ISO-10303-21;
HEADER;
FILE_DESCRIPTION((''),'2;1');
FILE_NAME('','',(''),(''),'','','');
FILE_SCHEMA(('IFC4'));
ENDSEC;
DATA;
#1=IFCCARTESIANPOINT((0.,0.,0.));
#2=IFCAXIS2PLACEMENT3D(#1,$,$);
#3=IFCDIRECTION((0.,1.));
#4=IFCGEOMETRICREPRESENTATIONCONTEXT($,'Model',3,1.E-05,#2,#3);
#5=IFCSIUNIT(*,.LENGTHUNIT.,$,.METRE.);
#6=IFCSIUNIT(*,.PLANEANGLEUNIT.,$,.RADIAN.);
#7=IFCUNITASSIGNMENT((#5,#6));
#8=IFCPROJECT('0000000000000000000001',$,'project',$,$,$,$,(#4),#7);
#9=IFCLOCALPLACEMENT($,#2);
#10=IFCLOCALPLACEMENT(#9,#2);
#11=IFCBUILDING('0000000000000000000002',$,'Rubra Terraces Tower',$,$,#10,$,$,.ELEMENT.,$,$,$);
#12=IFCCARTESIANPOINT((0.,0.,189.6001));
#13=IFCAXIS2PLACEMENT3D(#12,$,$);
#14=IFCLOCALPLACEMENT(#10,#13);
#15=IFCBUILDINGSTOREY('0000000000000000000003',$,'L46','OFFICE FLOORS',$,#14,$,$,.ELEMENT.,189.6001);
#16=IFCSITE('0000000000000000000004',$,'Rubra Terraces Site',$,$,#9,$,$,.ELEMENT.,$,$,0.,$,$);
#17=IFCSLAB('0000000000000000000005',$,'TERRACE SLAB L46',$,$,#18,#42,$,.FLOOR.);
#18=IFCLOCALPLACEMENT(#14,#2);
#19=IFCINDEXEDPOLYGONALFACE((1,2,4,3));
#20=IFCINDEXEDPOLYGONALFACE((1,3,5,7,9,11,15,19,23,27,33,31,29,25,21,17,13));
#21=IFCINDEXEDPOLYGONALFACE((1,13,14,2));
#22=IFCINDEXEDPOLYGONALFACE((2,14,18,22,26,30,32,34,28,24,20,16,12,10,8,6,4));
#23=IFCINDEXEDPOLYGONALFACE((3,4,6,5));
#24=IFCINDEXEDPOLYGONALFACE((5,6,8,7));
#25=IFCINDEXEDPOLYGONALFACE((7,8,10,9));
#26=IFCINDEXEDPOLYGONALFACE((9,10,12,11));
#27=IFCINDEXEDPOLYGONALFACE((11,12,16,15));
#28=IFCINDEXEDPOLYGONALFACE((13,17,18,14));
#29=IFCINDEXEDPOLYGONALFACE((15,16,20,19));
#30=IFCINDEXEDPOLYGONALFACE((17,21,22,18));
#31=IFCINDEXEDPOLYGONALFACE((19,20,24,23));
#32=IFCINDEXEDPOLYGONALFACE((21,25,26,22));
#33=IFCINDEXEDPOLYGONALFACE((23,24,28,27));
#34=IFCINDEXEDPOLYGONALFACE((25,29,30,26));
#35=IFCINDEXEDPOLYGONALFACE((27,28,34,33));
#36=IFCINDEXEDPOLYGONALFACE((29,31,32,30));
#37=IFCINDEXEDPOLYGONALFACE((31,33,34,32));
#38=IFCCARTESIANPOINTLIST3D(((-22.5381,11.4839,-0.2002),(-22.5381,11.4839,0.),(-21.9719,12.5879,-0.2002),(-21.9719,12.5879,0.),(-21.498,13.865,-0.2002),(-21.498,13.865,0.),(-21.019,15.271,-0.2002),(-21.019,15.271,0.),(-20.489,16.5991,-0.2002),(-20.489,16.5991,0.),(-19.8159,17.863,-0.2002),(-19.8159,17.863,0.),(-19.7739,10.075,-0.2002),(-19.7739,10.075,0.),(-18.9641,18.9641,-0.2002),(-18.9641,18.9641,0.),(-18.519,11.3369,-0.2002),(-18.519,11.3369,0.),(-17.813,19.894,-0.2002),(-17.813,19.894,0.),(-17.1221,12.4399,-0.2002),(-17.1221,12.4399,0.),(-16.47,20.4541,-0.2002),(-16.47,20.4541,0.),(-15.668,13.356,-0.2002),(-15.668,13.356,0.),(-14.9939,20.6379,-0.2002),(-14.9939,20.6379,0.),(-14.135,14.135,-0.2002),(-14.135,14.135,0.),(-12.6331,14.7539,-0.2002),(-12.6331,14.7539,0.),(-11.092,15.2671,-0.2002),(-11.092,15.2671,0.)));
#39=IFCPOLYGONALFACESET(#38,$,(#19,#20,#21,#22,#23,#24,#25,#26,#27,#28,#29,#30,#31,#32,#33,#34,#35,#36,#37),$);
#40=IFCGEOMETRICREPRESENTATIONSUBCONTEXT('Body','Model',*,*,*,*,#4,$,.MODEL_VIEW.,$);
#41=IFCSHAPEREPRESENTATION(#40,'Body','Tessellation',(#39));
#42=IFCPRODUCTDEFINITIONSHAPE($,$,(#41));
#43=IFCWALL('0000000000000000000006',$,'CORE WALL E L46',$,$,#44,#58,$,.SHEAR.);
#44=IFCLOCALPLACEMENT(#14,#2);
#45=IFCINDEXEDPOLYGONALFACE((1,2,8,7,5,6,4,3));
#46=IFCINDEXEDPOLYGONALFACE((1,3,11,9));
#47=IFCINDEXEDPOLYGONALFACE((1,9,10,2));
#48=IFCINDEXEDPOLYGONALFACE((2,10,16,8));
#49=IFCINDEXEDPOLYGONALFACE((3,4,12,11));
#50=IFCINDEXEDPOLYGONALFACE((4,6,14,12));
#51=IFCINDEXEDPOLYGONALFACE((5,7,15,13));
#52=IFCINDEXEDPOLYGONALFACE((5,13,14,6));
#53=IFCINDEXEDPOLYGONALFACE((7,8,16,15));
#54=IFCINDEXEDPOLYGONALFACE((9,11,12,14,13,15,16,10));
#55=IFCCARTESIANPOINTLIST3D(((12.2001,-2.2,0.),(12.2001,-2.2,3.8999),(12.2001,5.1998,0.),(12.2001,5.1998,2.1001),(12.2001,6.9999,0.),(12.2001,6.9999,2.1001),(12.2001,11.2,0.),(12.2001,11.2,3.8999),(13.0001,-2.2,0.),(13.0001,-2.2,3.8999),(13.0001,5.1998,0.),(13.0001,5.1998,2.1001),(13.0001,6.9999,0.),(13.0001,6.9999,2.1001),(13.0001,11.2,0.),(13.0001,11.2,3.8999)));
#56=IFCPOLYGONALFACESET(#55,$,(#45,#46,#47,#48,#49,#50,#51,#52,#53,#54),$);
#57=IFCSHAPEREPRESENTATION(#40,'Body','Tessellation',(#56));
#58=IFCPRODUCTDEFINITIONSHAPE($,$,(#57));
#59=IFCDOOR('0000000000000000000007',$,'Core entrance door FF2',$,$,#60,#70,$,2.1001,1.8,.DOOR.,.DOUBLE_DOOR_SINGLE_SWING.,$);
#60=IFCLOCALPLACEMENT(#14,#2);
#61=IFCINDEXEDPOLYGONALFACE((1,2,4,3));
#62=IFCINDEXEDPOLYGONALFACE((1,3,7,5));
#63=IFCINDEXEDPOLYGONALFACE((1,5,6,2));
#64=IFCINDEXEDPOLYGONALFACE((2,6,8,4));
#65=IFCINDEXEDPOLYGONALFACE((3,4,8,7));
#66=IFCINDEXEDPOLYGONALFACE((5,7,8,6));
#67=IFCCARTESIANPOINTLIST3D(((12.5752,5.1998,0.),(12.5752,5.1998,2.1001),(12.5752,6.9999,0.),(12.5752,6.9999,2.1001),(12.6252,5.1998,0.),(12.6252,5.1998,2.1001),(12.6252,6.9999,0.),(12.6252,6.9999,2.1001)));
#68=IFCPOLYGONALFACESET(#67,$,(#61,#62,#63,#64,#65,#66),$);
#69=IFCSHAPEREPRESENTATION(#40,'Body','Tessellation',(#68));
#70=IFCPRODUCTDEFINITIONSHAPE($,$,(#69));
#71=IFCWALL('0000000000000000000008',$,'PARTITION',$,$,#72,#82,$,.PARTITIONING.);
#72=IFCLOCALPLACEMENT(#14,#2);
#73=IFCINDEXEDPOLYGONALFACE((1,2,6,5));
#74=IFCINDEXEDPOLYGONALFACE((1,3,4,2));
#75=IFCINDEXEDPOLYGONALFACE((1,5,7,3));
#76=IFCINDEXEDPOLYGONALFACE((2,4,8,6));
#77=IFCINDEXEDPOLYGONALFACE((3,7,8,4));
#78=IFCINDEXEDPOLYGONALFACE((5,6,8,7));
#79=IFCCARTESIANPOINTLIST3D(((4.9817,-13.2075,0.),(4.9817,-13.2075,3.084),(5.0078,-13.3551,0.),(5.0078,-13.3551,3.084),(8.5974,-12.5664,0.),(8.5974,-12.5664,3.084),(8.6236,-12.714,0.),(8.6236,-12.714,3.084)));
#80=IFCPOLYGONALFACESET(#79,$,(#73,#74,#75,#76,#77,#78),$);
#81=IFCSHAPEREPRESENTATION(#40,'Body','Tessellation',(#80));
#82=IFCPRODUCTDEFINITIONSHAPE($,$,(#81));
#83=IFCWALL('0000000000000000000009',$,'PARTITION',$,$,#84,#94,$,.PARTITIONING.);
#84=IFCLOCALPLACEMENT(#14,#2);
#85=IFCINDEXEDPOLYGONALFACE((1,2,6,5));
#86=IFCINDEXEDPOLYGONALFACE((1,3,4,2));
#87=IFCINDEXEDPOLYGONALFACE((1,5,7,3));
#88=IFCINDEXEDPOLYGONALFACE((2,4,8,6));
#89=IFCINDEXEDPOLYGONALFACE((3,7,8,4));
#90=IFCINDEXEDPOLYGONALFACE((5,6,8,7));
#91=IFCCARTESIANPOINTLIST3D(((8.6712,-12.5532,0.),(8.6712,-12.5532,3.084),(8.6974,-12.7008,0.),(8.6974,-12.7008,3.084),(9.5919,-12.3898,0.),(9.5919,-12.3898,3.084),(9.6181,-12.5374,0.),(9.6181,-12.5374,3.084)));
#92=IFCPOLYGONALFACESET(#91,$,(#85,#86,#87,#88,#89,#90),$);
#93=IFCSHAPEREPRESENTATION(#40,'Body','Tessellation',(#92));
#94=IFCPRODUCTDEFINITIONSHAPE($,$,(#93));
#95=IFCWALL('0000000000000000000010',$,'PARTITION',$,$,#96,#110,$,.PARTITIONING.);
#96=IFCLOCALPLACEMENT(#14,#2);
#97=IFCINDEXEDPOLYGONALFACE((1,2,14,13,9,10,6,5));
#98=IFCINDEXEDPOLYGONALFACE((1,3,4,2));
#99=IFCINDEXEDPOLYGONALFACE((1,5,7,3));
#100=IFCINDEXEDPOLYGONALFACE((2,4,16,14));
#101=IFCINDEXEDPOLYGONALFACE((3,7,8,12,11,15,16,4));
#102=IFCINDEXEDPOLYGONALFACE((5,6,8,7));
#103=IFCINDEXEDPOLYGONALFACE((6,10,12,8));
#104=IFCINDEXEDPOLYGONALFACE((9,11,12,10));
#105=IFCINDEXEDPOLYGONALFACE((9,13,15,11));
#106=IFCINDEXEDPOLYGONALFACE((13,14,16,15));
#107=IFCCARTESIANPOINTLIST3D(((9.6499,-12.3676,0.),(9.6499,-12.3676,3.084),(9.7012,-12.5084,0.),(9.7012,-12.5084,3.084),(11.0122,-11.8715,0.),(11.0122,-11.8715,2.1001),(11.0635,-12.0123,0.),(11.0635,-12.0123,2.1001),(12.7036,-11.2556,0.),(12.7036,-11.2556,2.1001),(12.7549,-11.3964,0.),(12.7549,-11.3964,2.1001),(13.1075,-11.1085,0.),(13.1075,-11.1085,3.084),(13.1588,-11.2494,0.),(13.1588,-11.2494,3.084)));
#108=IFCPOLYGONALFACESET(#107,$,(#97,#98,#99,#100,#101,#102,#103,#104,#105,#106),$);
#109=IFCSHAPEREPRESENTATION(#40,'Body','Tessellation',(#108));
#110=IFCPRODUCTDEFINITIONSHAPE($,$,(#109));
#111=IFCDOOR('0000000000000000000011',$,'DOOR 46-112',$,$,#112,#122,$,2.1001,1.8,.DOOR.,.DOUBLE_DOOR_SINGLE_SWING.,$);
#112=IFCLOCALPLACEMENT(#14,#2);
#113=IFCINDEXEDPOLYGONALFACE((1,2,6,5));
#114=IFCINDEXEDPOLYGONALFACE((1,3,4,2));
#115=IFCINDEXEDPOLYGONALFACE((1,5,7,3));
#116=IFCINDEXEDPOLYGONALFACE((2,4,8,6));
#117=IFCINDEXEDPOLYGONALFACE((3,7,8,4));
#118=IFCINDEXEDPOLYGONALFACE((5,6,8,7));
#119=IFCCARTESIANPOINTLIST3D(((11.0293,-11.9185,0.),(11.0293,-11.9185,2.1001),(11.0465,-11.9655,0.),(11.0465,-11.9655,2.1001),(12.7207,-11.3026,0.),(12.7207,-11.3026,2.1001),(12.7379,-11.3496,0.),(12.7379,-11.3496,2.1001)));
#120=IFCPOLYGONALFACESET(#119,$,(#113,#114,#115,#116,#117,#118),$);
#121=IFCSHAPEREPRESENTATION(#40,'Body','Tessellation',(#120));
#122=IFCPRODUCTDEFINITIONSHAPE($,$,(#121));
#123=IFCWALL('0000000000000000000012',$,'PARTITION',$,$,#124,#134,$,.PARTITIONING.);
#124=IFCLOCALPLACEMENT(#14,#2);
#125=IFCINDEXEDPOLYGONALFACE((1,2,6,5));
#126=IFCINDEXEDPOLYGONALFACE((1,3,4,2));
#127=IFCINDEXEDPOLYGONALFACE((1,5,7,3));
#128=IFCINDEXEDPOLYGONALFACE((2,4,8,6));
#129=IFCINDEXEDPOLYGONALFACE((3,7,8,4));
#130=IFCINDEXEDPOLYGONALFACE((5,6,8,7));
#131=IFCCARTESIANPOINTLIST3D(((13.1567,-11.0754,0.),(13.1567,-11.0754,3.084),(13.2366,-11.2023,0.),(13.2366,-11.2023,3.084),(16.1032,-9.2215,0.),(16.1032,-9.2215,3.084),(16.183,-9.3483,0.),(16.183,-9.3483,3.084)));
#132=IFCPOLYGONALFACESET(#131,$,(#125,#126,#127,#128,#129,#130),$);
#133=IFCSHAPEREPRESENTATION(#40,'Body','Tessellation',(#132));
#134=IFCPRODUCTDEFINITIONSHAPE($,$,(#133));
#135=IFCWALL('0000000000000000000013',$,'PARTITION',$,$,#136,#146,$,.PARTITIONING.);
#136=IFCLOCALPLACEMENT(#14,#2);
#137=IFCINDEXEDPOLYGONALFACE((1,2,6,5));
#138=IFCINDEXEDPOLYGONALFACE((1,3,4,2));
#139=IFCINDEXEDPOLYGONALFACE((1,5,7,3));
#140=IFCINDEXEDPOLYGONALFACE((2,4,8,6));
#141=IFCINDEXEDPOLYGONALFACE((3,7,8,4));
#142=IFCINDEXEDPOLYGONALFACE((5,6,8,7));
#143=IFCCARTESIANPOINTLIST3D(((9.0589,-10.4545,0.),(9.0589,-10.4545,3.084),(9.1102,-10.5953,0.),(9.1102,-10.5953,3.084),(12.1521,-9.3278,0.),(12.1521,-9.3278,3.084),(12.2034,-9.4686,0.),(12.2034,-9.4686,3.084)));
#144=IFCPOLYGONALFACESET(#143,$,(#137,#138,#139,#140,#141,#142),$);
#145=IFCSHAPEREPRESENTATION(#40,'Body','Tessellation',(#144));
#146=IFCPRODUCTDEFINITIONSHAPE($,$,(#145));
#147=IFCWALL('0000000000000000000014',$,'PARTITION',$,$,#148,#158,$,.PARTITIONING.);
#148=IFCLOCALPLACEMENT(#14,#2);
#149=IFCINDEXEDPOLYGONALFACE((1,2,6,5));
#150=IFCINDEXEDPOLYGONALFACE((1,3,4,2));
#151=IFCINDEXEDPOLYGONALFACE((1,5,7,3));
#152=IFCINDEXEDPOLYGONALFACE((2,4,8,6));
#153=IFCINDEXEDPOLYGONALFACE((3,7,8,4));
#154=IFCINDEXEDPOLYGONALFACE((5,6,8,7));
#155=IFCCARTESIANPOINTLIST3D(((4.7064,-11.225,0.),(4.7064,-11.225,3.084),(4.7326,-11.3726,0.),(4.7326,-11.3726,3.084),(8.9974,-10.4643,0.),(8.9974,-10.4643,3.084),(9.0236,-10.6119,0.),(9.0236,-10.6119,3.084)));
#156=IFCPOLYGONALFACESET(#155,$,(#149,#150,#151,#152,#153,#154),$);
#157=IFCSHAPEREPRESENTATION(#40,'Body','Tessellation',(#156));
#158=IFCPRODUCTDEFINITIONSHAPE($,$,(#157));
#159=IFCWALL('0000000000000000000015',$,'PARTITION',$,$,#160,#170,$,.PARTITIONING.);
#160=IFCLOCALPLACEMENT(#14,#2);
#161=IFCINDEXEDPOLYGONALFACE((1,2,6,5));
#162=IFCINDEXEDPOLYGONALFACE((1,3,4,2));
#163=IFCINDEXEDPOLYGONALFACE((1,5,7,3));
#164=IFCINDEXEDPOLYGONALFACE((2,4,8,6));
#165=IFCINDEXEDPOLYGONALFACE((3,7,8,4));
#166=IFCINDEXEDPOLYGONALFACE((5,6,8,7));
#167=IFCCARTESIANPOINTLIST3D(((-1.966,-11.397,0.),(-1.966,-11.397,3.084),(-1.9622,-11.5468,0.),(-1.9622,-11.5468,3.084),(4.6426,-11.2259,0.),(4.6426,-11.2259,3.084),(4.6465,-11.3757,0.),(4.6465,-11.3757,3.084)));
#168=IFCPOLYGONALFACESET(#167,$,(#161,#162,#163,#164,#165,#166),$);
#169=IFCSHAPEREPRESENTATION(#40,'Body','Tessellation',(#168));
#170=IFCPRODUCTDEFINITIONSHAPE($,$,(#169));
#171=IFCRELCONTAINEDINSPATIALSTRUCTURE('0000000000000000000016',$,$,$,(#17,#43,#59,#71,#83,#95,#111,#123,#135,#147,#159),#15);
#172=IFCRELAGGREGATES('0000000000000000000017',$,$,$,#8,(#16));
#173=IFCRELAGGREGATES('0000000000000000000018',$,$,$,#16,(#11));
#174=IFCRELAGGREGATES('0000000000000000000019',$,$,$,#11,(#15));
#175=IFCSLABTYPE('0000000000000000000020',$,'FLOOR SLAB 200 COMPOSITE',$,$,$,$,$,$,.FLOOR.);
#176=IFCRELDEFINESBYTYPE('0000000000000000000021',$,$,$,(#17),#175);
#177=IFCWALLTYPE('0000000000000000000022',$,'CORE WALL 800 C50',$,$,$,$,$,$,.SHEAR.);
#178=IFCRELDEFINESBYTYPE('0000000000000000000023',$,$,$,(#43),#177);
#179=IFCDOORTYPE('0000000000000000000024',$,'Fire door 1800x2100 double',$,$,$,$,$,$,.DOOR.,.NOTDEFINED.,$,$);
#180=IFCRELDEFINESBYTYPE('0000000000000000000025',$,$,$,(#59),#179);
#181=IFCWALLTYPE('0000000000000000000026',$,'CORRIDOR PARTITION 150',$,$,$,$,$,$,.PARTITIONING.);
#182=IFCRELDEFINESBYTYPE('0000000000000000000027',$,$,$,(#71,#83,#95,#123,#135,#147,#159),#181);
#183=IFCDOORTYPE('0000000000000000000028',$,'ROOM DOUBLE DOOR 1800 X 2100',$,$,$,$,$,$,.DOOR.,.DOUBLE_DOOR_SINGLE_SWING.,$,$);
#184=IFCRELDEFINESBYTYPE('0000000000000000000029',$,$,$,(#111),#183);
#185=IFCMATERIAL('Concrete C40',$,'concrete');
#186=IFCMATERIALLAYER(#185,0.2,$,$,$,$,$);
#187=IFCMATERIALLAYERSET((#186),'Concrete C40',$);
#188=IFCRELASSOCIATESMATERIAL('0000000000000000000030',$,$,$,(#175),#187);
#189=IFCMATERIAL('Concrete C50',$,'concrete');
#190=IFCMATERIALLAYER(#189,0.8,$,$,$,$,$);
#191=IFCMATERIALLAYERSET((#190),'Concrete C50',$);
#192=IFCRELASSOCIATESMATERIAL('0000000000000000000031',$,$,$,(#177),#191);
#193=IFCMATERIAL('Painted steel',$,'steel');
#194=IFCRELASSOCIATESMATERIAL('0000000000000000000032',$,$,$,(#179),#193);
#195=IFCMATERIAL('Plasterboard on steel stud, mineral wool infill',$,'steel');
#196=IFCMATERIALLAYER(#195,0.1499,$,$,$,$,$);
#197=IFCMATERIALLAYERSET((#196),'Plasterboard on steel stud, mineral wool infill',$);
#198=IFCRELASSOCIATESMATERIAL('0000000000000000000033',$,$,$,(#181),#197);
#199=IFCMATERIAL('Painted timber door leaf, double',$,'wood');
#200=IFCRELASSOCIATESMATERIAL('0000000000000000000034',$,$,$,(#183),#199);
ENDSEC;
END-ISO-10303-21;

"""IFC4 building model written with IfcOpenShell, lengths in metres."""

from ifc_helpers import new_model, si_unit, direction, frame, frame_2d, origin, place, context, subcontext, project, spatial, polyline, rectangle, outline, extrude, material, layer, layer_set, type_object, element, fill, save


model = new_model("IFC4")

# Units and contexts
model_context = context("Model", 3, precision=1e-05, world=origin(), true_north=direction((0.0, 1.0)))
body_context = subcontext(model_context, "Body", "Model", "MODEL_VIEW")
ifc_project = project(units=[si_unit("LENGTHUNIT", "METRE"), si_unit("PLANEANGLEUNIT", "RADIAN")], contexts=[model_context])

# Site, building, storey
site_placement = place(None, origin())
site = spatial("IfcSite", under=ifc_project, at=site_placement, Name="Rubra Terraces Site", CompositionType="ELEMENT", RefElevation=0.0)
building_placement = place(site_placement, origin())
building = spatial("IfcBuilding", under=site, at=building_placement, Name="Rubra Terraces Tower", CompositionType="ELEMENT")
storey_placement = place(building_placement, frame((0.0, 0.0, 189.6001)))
storey = spatial("IfcBuildingStorey", under=building, at=storey_placement, Name="L46", Description="OFFICE FLOORS", CompositionType="ELEMENT", Elevation=189.6001)

# Shared definitions
ifc_material_1 = material(Name="Concrete C40", Category="concrete")

# Slab
ifc_layer_1 = layer(ifc_material_1, 0.2)
ifc_layer_set_1 = layer_set([ifc_layer_1], Name="Concrete C40")
slab_type_1 = type_object("IfcSlabType", Name="FLOOR SLAB 200 COMPOSITE", PredefinedType="FLOOR", material=ifc_layer_set_1)
slab_1_placement = place(storey_placement, frame((0.0, 0.0, -0.2002)))
element("IfcSlab", 1, at=slab_1_placement, inside=storey, type_object=slab_type_1, Name="TERRACE SLAB L46", PredefinedType="FLOOR", context=body_context, shape_type="SweptSolid", body=[
    extrude(outline(polyline([(-14.9939, 20.6379), (-16.47, 20.4541), (-17.813, 19.894), (-18.9641, 18.9641), (-19.8159, 17.863), (-20.489, 16.5991), (-21.019, 15.271), (-21.498, 13.865), (-21.9719, 12.5879), (-22.5381, 11.4839), (-19.7739, 10.075), (-18.519, 11.3369), (-17.1221, 12.4399), (-15.668, 13.356), (-14.135, 14.135), (-12.6331, 14.7539), (-11.092, 15.2671), (-14.9939, 20.6379)])), origin(), (0.0, 0.0, 1.0), 0.2002),
])

# Wall, opening, door
ifc_material_2 = material(Name="Concrete C50", Category="concrete")
ifc_layer_2 = layer(ifc_material_2, 0.8)
ifc_layer_set_2 = layer_set([ifc_layer_2], Name="Concrete C50")
wall_type_1 = type_object("IfcWallType", Name="CORE WALL 800 C50", PredefinedType="SHEAR", material=ifc_layer_set_2)
wall_1_placement = place(storey_placement, frame((12.6001, -2.2, 0.0), z_axis=(0.0, 0.0, 1.0), x_axis=(0.0, 1.0, 0.0)))
wall_1 = element("IfcWall", 2, at=wall_1_placement, inside=storey, type_object=wall_type_1, Name="CORE WALL E L46", PredefinedType="SHEAR", context=body_context, shape_type="SweptSolid", body=[
    extrude(rectangle(XDim=13.3999, YDim=0.8, at=frame_2d((6.7, 0.0))), origin(), (0.0, 0.0, 1.0), 3.8999),
])
opening_1_placement = place(wall_1_placement, frame((7.3999, 0.0, 0.0)))
opening_1 = element("IfcOpeningElement", 3, at=opening_1_placement, cuts=wall_1, PredefinedType="OPENING", context=body_context, shape_type="SweptSolid", body=[
    extrude(rectangle(XDim=1.8, YDim=2.1001, at=frame_2d((0.8999, 1.05))), frame((0.0, 0.4099, 0.0), z_axis=(0.0, -1.0, 0.0), x_axis=(1.0, 0.0, 0.0)), (0.0, 0.0, 1.0), 0.8201),
])
ifc_material_3 = material(Name="Painted steel", Category="steel")
door_type_1 = type_object("IfcDoorType", Name="Fire door 1800x2100 double", OperationType="NOTDEFINED", PredefinedType="DOOR", material=ifc_material_3)
door_1_placement = place(opening_1_placement, origin())
door_1 = element("IfcDoor", 4, at=door_1_placement, inside=storey, type_object=door_type_1, Name="Core entrance door FF2", OperationType="DOUBLE_DOOR_SINGLE_SWING", OverallHeight=2.1001, OverallWidth=1.8, PredefinedType="DOOR", context=body_context, shape_type="SweptSolid", body=[
    extrude(rectangle(XDim=1.8, YDim=2.1001, at=frame_2d((0.8999, 1.05))), frame((0.0, 0.0249, 0.0), z_axis=(0.0, -1.0, 0.0), x_axis=(1.0, 0.0, 0.0)), (0.0, 0.0, 1.0), 0.05),
])
fill(opening_1, door_1)

# Walls
ifc_material_4 = material(Name="Plasterboard on steel stud, mineral wool infill", Category="steel")
ifc_layer_3 = layer(ifc_material_4, 0.1499)
ifc_layer_set_3 = layer_set([ifc_layer_3], Name="Plasterboard on steel stud, mineral wool infill")
wall_type_2 = type_object("IfcWallType", Name="CORRIDOR PARTITION 150", PredefinedType="PARTITIONING", material=ifc_layer_set_3)
wall_2_placement = place(storey_placement, frame((4.9949, -13.2812, 0.0), z_axis=(0.0, 0.0, 1.0), x_axis=(0.984641, 0.174589, 0.0)))
element("IfcWall", 5, at=wall_2_placement, inside=storey, type_object=wall_type_2, Name="PARTITION", PredefinedType="PARTITIONING", context=body_context, shape_type="SweptSolid", body=[
    extrude(rectangle(XDim=3.6721, YDim=0.1499, at=frame_2d((1.8359, 0.0))), origin(), (0.0, 0.0, 1.0), 3.084),
])
wall_3_placement = place(storey_placement, frame((8.6843, -12.627, 0.0), z_axis=(0.0, 0.0, 1.0), x_axis=(0.984625, 0.174679, 0.0)))
element("IfcWall", 6, at=wall_3_placement, inside=storey, type_object=wall_type_2, Name="PARTITION", PredefinedType="PARTITIONING", context=body_context, shape_type="SweptSolid", body=[
    extrude(rectangle(XDim=0.9351, YDim=0.1499, at=frame_2d((0.4675, 0.0))), origin(), (0.0, 0.0, 1.0), 3.084),
])

# Wall, opening, door
wall_4_placement = place(storey_placement, frame((9.6755, -12.438, 0.0), z_axis=(0.0, 0.0, 1.0), x_axis=(0.93964, 0.342164, 0.0)))
wall_4 = element("IfcWall", 7, at=wall_4_placement, inside=storey, type_object=wall_type_2, Name="PARTITION", PredefinedType="PARTITIONING", context=body_context, shape_type="SweptSolid", body=[
    extrude(rectangle(XDim=3.6797, YDim=0.1499, at=frame_2d((1.8398, 0.0))), origin(), (0.0, 0.0, 1.0), 3.084),
])
opening_2_placement = place(wall_4_placement, frame((1.45, 0.0, 0.0)))
opening_2 = element("IfcOpeningElement", 8, at=opening_2_placement, cuts=wall_4, PredefinedType="OPENING", context=body_context, shape_type="SweptSolid", body=[
    extrude(rectangle(XDim=1.8, YDim=2.1001, at=frame_2d((0.8999, 1.05))), frame((0.0, 0.085, 0.0), z_axis=(0.0, -1.0, 0.0), x_axis=(1.0, 0.0, 0.0)), (0.0, 0.0, 1.0), 0.1699),
])
ifc_material_5 = material(Name="Painted timber door leaf, double", Category="wood")
door_type_2 = type_object("IfcDoorType", Name="ROOM DOUBLE DOOR 1800 X 2100", OperationType="DOUBLE_DOOR_SINGLE_SWING", PredefinedType="DOOR", material=ifc_material_5)
door_2_placement = place(opening_2_placement, origin())
door_2 = element("IfcDoor", 9, at=door_2_placement, inside=storey, type_object=door_type_2, Name="DOOR 46-112", OperationType="DOUBLE_DOOR_SINGLE_SWING", OverallHeight=2.1001, OverallWidth=1.8, PredefinedType="DOOR", context=body_context, shape_type="SweptSolid", body=[
    extrude(rectangle(XDim=1.8, YDim=2.1001, at=frame_2d((0.8999, 1.05))), frame((0.0, 0.0249, 0.0), z_axis=(0.0, -1.0, 0.0), x_axis=(1.0, 0.0, 0.0)), (0.0, 0.0, 1.0), 0.05),
])
fill(opening_2, door_2)

# Walls
wall_5_placement = place(storey_placement, frame((13.1965, -11.1389, 0.0), z_axis=(0.0, 0.0, 1.0), x_axis=(0.846391, 0.532562, 0.0)))
element("IfcWall", 10, at=wall_5_placement, inside=storey, type_object=wall_type_2, Name="PARTITION", PredefinedType="PARTITIONING", context=body_context, shape_type="SweptSolid", body=[
    extrude(rectangle(XDim=3.4812, YDim=0.1499, at=frame_2d((1.7407, 0.0))), origin(), (0.0, 0.0, 1.0), 3.084),
])
wall_6_placement = place(storey_placement, frame((12.1777, -9.3982, 0.0), z_axis=(0.0, 0.0, 1.0), x_axis=(-0.939609, -0.342249, 0.0)))
element("IfcWall", 11, at=wall_6_placement, inside=storey, type_object=wall_type_2, Name="PARTITION", PredefinedType="PARTITIONING", context=body_context, shape_type="SweptSolid", body=[
    extrude(rectangle(XDim=3.292, YDim=0.1499, at=frame_2d((1.646, 0.0))), origin(), (0.0, 0.0, 1.0), 3.084),
])
wall_7_placement = place(storey_placement, frame((9.0105, -10.5381, 0.0), z_axis=(0.0, 0.0, 1.0), x_axis=(-0.984646, -0.174565, 0.0)))
element("IfcWall", 12, at=wall_7_placement, inside=storey, type_object=wall_type_2, Name="PARTITION", PredefinedType="PARTITIONING", context=body_context, shape_type="SweptSolid", body=[
    extrude(rectangle(XDim=4.3579, YDim=0.1499, at=frame_2d((2.179, 0.0))), origin(), (0.0, 0.0, 1.0), 3.084),
])
wall_8_placement = place(storey_placement, frame((4.6445, -11.3008, 0.0), z_axis=(0.0, 0.0, 1.0), x_axis=(-0.999665, -0.025888, 0.0)))
element("IfcWall", 13, at=wall_8_placement, inside=storey, type_object=wall_type_2, Name="PARTITION", PredefinedType="PARTITIONING", context=body_context, shape_type="SweptSolid", body=[
    extrude(rectangle(XDim=6.6108, YDim=0.1499, at=frame_2d((3.3054, 0.0))), origin(), (0.0, 0.0, 1.0), 3.084),
])

save(model, "model.ifc")
